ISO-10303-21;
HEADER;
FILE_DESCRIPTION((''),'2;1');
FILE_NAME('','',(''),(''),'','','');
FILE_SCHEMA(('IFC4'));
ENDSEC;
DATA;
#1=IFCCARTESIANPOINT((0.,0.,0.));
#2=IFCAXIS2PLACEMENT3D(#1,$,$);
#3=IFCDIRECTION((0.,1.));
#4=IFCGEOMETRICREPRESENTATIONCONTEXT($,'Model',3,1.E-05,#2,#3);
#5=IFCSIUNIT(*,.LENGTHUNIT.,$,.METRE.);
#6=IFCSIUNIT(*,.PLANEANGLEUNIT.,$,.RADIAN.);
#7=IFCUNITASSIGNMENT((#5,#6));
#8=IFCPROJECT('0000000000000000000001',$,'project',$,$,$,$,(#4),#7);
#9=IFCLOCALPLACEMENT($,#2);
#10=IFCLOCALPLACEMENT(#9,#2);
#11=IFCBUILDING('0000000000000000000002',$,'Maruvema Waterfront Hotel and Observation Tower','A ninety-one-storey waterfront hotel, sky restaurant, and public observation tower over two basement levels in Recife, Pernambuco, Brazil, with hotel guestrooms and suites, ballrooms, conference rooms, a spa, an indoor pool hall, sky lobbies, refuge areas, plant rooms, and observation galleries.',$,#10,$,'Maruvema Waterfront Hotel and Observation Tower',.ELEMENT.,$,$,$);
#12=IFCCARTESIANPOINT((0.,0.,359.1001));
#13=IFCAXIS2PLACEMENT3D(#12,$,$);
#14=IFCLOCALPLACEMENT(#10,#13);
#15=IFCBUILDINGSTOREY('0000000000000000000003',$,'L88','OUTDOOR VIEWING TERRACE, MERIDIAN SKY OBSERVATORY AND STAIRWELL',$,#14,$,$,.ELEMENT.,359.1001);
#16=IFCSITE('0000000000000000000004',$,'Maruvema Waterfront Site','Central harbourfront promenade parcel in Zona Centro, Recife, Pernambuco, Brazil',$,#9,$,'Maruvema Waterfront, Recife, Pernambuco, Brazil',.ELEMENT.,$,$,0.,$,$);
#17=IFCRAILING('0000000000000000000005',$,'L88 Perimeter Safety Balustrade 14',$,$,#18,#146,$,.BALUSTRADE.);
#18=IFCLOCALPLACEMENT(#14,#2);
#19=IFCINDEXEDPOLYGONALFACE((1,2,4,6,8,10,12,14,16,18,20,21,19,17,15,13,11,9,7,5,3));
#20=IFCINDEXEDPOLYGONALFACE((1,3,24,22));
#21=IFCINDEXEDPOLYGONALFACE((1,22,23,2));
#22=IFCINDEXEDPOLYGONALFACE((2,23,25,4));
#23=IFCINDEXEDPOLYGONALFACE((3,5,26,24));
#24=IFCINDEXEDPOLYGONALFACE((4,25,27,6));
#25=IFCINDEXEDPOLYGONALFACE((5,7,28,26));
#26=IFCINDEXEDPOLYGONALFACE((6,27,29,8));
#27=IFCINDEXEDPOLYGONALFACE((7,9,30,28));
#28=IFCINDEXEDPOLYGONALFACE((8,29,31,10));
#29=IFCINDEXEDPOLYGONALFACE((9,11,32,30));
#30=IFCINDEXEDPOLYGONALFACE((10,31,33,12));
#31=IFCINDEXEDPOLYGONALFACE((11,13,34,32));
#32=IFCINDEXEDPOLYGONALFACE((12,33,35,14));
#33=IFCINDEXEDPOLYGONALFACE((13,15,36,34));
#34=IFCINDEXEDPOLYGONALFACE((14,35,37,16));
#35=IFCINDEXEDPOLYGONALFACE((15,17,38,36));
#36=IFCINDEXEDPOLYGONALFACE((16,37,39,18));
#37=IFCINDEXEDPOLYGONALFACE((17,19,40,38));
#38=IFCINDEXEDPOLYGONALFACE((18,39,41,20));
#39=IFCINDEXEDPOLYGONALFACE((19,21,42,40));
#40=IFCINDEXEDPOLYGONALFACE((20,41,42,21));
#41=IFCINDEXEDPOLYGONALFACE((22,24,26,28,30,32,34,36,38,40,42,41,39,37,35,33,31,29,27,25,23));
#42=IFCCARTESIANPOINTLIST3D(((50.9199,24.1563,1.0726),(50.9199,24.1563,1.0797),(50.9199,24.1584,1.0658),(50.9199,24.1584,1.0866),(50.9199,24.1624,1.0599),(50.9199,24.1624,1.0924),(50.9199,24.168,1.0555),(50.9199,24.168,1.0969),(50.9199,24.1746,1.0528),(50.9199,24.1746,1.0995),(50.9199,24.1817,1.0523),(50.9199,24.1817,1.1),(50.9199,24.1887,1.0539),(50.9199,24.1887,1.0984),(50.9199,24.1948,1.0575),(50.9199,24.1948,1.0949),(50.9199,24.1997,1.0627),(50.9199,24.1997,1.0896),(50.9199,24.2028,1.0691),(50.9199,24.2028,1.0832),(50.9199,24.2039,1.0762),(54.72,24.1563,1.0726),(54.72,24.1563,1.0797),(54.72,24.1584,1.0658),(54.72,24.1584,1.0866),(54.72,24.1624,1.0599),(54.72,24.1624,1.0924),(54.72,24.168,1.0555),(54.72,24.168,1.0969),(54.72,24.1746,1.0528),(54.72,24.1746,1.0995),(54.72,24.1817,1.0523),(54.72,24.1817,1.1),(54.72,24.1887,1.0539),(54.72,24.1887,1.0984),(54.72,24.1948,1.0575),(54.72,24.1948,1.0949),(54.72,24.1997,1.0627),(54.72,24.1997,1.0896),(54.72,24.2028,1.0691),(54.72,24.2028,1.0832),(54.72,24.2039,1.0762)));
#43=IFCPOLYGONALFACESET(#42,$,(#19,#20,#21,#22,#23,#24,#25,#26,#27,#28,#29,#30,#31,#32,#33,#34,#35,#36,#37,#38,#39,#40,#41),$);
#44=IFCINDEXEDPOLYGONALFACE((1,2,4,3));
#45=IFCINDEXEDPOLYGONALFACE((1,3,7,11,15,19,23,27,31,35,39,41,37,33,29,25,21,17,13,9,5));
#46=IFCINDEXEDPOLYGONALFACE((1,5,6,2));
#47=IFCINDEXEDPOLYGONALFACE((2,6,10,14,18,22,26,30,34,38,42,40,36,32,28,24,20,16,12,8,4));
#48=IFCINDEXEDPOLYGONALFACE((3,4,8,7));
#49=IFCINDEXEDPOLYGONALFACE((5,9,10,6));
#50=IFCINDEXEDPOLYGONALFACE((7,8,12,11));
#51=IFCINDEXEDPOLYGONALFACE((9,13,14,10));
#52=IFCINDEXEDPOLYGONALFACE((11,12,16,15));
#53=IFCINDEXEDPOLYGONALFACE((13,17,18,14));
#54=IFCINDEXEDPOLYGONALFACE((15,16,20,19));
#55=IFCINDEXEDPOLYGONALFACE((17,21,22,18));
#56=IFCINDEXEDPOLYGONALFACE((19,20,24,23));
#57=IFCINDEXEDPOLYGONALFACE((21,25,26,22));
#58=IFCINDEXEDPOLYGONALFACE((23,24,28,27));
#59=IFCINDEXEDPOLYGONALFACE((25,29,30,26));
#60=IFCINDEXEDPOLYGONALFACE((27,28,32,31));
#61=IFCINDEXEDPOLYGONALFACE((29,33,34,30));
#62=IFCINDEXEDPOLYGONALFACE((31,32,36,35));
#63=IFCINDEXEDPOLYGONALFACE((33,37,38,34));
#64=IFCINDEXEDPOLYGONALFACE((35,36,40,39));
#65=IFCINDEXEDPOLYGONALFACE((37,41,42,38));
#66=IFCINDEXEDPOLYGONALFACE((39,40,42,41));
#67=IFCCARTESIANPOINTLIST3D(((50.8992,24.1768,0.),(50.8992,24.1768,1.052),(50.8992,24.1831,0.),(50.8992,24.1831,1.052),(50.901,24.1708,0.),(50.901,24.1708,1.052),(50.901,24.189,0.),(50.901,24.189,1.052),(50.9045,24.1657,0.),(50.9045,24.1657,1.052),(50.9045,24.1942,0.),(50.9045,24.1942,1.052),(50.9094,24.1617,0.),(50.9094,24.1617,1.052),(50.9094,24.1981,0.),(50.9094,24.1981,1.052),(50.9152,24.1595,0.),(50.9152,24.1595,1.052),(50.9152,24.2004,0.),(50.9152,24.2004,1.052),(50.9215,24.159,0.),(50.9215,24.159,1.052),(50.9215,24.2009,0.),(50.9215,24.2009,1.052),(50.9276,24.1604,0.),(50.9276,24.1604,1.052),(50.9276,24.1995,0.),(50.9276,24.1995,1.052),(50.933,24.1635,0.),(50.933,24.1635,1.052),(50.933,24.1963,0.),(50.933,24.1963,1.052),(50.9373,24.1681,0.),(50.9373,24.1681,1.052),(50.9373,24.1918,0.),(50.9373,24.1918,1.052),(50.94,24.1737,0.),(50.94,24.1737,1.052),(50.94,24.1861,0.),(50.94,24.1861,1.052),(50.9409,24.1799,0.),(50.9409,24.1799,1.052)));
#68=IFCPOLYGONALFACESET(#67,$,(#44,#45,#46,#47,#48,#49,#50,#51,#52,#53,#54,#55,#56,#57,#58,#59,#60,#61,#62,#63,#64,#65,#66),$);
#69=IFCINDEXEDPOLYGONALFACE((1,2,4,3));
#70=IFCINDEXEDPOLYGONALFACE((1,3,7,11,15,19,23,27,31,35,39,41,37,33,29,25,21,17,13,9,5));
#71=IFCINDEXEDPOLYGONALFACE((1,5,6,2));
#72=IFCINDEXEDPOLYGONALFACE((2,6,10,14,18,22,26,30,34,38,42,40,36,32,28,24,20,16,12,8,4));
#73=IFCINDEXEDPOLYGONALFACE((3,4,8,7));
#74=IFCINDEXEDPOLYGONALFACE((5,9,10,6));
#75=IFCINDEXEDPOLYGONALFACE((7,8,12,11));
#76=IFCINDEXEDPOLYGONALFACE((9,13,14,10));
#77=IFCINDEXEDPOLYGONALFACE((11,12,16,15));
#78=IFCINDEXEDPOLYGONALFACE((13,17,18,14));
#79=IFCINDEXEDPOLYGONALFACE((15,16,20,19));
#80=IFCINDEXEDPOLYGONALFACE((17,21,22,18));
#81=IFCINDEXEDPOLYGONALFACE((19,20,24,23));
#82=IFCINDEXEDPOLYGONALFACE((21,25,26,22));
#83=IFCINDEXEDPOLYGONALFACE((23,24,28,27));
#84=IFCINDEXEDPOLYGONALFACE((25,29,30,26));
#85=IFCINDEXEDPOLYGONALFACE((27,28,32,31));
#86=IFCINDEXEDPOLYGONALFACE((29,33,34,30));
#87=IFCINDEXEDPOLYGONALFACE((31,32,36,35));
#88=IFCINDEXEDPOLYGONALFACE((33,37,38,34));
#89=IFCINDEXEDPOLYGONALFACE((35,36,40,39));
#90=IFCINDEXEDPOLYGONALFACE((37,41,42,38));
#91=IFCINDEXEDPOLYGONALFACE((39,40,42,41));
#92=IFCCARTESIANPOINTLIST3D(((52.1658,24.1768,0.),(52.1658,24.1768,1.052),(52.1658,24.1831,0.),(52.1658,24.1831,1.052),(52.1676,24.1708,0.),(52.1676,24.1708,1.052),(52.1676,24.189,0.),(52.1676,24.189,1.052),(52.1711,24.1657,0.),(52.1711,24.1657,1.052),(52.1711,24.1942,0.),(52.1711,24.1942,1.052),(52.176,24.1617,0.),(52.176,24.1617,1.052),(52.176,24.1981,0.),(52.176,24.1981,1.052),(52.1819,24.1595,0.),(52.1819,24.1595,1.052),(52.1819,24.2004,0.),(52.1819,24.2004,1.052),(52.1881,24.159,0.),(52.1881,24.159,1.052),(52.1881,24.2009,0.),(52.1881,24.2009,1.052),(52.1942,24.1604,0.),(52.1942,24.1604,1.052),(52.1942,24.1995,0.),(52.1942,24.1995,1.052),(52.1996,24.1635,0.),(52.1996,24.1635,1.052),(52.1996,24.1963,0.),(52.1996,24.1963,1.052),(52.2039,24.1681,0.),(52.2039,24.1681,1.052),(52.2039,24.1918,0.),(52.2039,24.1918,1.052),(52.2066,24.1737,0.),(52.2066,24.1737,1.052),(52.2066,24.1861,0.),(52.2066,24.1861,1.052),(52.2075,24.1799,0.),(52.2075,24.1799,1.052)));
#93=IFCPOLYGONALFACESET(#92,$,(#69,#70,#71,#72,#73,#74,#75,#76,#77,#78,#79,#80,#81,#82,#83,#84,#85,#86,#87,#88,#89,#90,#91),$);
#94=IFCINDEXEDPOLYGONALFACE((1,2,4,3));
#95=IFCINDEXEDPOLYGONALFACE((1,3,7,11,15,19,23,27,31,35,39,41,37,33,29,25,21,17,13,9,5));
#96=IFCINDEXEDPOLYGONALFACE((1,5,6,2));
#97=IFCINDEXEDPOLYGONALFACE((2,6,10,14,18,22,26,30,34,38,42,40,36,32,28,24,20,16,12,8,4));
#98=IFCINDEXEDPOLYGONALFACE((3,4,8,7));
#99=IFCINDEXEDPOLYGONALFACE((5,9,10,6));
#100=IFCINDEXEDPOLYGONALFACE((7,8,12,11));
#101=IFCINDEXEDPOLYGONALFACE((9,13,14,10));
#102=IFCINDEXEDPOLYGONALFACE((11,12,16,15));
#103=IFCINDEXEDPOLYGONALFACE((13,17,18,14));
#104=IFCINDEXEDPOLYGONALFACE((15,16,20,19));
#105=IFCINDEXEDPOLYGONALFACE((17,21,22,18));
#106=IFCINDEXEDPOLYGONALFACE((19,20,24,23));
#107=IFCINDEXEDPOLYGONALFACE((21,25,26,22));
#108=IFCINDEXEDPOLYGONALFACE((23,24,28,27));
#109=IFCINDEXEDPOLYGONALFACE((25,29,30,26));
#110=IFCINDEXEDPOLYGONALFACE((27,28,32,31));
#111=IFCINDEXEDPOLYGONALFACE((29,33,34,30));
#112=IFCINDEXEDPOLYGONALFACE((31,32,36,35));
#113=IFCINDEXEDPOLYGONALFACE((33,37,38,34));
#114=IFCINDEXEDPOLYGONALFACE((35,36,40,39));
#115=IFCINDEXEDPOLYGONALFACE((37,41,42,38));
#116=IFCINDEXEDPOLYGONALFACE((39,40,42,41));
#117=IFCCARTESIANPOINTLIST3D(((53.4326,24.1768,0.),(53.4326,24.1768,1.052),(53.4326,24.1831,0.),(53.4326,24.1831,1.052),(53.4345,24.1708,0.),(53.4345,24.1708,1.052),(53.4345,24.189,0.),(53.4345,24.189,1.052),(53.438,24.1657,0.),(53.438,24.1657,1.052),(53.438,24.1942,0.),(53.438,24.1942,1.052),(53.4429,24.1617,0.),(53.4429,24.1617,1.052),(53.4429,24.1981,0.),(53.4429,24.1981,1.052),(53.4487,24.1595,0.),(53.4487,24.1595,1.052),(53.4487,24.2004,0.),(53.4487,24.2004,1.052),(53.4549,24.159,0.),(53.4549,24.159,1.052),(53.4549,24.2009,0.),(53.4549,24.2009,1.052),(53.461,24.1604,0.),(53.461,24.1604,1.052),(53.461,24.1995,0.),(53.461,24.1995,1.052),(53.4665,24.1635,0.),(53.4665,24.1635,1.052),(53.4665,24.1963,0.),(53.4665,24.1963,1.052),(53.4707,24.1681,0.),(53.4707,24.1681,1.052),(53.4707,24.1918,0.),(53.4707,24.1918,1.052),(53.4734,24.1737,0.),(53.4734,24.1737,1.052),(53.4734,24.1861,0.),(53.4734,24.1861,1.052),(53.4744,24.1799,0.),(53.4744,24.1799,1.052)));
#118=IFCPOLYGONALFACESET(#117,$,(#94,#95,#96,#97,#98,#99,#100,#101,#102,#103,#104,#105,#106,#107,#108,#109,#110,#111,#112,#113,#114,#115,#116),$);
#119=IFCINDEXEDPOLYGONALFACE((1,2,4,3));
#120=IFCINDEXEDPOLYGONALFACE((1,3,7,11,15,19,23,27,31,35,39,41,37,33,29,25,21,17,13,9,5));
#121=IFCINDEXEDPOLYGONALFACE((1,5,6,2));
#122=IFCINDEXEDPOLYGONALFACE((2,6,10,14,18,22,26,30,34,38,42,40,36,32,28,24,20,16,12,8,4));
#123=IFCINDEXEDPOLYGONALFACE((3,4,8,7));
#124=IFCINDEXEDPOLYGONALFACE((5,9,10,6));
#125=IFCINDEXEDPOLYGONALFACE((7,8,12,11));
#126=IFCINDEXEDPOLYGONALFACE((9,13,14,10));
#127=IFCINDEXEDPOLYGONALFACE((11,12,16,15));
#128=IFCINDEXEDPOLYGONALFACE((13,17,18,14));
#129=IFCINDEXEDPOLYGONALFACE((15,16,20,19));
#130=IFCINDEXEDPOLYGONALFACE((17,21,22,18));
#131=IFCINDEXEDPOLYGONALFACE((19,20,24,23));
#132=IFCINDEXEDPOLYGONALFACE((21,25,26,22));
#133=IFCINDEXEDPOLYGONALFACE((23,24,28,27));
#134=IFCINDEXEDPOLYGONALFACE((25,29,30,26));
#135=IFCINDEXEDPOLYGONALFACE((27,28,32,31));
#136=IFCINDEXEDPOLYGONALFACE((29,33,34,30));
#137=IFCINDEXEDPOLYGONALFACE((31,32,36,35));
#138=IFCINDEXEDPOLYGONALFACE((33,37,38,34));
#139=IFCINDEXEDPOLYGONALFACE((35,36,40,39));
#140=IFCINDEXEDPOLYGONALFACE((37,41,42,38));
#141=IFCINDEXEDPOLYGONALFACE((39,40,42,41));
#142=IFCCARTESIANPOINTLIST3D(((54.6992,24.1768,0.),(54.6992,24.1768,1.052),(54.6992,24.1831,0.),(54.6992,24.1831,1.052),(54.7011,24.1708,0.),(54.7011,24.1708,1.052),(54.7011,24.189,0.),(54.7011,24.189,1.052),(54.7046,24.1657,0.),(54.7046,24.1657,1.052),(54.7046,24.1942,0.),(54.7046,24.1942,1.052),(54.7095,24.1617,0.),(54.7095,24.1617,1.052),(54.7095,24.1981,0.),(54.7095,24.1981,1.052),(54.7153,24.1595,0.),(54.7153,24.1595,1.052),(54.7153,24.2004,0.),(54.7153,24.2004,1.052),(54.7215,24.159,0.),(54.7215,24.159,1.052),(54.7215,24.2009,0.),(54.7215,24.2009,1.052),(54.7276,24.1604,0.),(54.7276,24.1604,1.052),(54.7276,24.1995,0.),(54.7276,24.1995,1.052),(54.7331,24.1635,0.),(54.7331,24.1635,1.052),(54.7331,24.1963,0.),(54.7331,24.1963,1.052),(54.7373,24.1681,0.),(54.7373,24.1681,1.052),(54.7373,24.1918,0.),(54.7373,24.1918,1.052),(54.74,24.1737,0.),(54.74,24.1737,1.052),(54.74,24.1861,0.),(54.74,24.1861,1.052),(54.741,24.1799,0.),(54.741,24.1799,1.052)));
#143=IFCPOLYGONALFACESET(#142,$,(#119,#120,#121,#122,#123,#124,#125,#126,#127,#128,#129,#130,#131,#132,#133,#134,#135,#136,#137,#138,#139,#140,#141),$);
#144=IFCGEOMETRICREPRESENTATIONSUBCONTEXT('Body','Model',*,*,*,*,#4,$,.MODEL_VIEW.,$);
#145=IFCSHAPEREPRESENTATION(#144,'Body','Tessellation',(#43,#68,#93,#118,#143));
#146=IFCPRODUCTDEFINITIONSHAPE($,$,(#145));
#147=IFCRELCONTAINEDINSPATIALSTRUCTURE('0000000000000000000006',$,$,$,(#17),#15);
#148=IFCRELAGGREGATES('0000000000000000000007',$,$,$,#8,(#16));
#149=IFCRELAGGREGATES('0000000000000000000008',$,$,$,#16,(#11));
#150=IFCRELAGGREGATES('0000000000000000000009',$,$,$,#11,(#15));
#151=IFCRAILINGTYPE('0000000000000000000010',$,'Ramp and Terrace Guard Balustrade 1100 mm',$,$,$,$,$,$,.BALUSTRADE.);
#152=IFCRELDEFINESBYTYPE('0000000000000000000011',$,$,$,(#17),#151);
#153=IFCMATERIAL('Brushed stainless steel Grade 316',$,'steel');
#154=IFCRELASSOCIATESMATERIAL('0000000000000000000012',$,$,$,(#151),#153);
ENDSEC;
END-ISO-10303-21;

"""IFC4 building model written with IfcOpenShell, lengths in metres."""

from ifc_helpers import new_model, si_unit, direction, frame, origin, origin_2d, place, context, subcontext, project, spatial, circle, extrude, material, type_object, element, save


model = new_model("IFC4")

# Units and contexts
model_context = context("Model", 3, precision=1e-05, world=origin(), true_north=direction((0.0, 1.0)))
body_context = subcontext(model_context, "Body", "Model", "MODEL_VIEW")
ifc_project = project(units=[si_unit("LENGTHUNIT", "METRE"), si_unit("PLANEANGLEUNIT", "RADIAN")], contexts=[model_context])

# Site, building, storey
site_placement = place(None, origin())
site = spatial("IfcSite", under=ifc_project, at=site_placement, Name="Maruvema Waterfront Site", Description="Central harbourfront promenade parcel in Zona Centro, Recife, Pernambuco, Brazil", LongName="Maruvema Waterfront, Recife, Pernambuco, Brazil", CompositionType="ELEMENT", RefElevation=0.0)
building_placement = place(site_placement, origin())
building = spatial("IfcBuilding", under=site, at=building_placement, Name="Maruvema Waterfront Hotel and Observation Tower", Description="A ninety-one-storey waterfront hotel, sky restaurant, and public observation tower over two basement levels in Recife, Pernambuco, Brazil, with hotel guestrooms and suites, ballrooms, conference rooms, a spa, an indoor pool hall, sky lobbies, refuge areas, plant rooms, and observation galleries.", LongName="Maruvema Waterfront Hotel and Observation Tower", CompositionType="ELEMENT")
storey_placement = place(building_placement, frame((0.0, 0.0, 359.1001)))
storey = spatial("IfcBuildingStorey", under=building, at=storey_placement, Name="L88", Description="OUTDOOR VIEWING TERRACE, MERIDIAN SKY OBSERVATORY AND STAIRWELL", CompositionType="ELEMENT", Elevation=359.1001)

# Railing
ifc_material_1 = material(Name="Brushed stainless steel Grade 316", Category="steel")
railing_type = type_object("IfcRailingType", Name="Ramp and Terrace Guard Balustrade 1100 mm", PredefinedType="BALUSTRADE", material=ifc_material_1)
railing_1_placement = place(storey_placement, frame((50.9199, 24.1799, 0.0)))
element("IfcRailing", 1, at=railing_1_placement, inside=storey, type_object=railing_type, Name="L88 Perimeter Safety Balustrade 14", PredefinedType="BALUSTRADE", context=body_context, shape_type="SweptSolid", body=[
    extrude(circle(Radius=0.0239, at=origin_2d()), frame((0.0, 0.0, 1.0762), z_axis=(1.0, 0.0, 0.0), x_axis=(0.0, 1.0, 0.0)), (0.0, 0.0, 1.0), 3.8),
    extrude(circle(Radius=0.021, at=origin_2d()), origin(), (0.0, 0.0, 1.0), 1.052),
    extrude(circle(Radius=0.021, at=origin_2d()), frame((1.2666, 0.0, 0.0)), (0.0, 0.0, 1.0), 1.052),
    extrude(circle(Radius=0.021, at=origin_2d()), frame((2.5334, 0.0, 0.0)), (0.0, 0.0, 1.0), 1.052),
    extrude(circle(Radius=0.021, at=origin_2d()), frame((3.8, 0.0, 0.0)), (0.0, 0.0, 1.0), 1.052),
])

save(model, "model.ifc")
